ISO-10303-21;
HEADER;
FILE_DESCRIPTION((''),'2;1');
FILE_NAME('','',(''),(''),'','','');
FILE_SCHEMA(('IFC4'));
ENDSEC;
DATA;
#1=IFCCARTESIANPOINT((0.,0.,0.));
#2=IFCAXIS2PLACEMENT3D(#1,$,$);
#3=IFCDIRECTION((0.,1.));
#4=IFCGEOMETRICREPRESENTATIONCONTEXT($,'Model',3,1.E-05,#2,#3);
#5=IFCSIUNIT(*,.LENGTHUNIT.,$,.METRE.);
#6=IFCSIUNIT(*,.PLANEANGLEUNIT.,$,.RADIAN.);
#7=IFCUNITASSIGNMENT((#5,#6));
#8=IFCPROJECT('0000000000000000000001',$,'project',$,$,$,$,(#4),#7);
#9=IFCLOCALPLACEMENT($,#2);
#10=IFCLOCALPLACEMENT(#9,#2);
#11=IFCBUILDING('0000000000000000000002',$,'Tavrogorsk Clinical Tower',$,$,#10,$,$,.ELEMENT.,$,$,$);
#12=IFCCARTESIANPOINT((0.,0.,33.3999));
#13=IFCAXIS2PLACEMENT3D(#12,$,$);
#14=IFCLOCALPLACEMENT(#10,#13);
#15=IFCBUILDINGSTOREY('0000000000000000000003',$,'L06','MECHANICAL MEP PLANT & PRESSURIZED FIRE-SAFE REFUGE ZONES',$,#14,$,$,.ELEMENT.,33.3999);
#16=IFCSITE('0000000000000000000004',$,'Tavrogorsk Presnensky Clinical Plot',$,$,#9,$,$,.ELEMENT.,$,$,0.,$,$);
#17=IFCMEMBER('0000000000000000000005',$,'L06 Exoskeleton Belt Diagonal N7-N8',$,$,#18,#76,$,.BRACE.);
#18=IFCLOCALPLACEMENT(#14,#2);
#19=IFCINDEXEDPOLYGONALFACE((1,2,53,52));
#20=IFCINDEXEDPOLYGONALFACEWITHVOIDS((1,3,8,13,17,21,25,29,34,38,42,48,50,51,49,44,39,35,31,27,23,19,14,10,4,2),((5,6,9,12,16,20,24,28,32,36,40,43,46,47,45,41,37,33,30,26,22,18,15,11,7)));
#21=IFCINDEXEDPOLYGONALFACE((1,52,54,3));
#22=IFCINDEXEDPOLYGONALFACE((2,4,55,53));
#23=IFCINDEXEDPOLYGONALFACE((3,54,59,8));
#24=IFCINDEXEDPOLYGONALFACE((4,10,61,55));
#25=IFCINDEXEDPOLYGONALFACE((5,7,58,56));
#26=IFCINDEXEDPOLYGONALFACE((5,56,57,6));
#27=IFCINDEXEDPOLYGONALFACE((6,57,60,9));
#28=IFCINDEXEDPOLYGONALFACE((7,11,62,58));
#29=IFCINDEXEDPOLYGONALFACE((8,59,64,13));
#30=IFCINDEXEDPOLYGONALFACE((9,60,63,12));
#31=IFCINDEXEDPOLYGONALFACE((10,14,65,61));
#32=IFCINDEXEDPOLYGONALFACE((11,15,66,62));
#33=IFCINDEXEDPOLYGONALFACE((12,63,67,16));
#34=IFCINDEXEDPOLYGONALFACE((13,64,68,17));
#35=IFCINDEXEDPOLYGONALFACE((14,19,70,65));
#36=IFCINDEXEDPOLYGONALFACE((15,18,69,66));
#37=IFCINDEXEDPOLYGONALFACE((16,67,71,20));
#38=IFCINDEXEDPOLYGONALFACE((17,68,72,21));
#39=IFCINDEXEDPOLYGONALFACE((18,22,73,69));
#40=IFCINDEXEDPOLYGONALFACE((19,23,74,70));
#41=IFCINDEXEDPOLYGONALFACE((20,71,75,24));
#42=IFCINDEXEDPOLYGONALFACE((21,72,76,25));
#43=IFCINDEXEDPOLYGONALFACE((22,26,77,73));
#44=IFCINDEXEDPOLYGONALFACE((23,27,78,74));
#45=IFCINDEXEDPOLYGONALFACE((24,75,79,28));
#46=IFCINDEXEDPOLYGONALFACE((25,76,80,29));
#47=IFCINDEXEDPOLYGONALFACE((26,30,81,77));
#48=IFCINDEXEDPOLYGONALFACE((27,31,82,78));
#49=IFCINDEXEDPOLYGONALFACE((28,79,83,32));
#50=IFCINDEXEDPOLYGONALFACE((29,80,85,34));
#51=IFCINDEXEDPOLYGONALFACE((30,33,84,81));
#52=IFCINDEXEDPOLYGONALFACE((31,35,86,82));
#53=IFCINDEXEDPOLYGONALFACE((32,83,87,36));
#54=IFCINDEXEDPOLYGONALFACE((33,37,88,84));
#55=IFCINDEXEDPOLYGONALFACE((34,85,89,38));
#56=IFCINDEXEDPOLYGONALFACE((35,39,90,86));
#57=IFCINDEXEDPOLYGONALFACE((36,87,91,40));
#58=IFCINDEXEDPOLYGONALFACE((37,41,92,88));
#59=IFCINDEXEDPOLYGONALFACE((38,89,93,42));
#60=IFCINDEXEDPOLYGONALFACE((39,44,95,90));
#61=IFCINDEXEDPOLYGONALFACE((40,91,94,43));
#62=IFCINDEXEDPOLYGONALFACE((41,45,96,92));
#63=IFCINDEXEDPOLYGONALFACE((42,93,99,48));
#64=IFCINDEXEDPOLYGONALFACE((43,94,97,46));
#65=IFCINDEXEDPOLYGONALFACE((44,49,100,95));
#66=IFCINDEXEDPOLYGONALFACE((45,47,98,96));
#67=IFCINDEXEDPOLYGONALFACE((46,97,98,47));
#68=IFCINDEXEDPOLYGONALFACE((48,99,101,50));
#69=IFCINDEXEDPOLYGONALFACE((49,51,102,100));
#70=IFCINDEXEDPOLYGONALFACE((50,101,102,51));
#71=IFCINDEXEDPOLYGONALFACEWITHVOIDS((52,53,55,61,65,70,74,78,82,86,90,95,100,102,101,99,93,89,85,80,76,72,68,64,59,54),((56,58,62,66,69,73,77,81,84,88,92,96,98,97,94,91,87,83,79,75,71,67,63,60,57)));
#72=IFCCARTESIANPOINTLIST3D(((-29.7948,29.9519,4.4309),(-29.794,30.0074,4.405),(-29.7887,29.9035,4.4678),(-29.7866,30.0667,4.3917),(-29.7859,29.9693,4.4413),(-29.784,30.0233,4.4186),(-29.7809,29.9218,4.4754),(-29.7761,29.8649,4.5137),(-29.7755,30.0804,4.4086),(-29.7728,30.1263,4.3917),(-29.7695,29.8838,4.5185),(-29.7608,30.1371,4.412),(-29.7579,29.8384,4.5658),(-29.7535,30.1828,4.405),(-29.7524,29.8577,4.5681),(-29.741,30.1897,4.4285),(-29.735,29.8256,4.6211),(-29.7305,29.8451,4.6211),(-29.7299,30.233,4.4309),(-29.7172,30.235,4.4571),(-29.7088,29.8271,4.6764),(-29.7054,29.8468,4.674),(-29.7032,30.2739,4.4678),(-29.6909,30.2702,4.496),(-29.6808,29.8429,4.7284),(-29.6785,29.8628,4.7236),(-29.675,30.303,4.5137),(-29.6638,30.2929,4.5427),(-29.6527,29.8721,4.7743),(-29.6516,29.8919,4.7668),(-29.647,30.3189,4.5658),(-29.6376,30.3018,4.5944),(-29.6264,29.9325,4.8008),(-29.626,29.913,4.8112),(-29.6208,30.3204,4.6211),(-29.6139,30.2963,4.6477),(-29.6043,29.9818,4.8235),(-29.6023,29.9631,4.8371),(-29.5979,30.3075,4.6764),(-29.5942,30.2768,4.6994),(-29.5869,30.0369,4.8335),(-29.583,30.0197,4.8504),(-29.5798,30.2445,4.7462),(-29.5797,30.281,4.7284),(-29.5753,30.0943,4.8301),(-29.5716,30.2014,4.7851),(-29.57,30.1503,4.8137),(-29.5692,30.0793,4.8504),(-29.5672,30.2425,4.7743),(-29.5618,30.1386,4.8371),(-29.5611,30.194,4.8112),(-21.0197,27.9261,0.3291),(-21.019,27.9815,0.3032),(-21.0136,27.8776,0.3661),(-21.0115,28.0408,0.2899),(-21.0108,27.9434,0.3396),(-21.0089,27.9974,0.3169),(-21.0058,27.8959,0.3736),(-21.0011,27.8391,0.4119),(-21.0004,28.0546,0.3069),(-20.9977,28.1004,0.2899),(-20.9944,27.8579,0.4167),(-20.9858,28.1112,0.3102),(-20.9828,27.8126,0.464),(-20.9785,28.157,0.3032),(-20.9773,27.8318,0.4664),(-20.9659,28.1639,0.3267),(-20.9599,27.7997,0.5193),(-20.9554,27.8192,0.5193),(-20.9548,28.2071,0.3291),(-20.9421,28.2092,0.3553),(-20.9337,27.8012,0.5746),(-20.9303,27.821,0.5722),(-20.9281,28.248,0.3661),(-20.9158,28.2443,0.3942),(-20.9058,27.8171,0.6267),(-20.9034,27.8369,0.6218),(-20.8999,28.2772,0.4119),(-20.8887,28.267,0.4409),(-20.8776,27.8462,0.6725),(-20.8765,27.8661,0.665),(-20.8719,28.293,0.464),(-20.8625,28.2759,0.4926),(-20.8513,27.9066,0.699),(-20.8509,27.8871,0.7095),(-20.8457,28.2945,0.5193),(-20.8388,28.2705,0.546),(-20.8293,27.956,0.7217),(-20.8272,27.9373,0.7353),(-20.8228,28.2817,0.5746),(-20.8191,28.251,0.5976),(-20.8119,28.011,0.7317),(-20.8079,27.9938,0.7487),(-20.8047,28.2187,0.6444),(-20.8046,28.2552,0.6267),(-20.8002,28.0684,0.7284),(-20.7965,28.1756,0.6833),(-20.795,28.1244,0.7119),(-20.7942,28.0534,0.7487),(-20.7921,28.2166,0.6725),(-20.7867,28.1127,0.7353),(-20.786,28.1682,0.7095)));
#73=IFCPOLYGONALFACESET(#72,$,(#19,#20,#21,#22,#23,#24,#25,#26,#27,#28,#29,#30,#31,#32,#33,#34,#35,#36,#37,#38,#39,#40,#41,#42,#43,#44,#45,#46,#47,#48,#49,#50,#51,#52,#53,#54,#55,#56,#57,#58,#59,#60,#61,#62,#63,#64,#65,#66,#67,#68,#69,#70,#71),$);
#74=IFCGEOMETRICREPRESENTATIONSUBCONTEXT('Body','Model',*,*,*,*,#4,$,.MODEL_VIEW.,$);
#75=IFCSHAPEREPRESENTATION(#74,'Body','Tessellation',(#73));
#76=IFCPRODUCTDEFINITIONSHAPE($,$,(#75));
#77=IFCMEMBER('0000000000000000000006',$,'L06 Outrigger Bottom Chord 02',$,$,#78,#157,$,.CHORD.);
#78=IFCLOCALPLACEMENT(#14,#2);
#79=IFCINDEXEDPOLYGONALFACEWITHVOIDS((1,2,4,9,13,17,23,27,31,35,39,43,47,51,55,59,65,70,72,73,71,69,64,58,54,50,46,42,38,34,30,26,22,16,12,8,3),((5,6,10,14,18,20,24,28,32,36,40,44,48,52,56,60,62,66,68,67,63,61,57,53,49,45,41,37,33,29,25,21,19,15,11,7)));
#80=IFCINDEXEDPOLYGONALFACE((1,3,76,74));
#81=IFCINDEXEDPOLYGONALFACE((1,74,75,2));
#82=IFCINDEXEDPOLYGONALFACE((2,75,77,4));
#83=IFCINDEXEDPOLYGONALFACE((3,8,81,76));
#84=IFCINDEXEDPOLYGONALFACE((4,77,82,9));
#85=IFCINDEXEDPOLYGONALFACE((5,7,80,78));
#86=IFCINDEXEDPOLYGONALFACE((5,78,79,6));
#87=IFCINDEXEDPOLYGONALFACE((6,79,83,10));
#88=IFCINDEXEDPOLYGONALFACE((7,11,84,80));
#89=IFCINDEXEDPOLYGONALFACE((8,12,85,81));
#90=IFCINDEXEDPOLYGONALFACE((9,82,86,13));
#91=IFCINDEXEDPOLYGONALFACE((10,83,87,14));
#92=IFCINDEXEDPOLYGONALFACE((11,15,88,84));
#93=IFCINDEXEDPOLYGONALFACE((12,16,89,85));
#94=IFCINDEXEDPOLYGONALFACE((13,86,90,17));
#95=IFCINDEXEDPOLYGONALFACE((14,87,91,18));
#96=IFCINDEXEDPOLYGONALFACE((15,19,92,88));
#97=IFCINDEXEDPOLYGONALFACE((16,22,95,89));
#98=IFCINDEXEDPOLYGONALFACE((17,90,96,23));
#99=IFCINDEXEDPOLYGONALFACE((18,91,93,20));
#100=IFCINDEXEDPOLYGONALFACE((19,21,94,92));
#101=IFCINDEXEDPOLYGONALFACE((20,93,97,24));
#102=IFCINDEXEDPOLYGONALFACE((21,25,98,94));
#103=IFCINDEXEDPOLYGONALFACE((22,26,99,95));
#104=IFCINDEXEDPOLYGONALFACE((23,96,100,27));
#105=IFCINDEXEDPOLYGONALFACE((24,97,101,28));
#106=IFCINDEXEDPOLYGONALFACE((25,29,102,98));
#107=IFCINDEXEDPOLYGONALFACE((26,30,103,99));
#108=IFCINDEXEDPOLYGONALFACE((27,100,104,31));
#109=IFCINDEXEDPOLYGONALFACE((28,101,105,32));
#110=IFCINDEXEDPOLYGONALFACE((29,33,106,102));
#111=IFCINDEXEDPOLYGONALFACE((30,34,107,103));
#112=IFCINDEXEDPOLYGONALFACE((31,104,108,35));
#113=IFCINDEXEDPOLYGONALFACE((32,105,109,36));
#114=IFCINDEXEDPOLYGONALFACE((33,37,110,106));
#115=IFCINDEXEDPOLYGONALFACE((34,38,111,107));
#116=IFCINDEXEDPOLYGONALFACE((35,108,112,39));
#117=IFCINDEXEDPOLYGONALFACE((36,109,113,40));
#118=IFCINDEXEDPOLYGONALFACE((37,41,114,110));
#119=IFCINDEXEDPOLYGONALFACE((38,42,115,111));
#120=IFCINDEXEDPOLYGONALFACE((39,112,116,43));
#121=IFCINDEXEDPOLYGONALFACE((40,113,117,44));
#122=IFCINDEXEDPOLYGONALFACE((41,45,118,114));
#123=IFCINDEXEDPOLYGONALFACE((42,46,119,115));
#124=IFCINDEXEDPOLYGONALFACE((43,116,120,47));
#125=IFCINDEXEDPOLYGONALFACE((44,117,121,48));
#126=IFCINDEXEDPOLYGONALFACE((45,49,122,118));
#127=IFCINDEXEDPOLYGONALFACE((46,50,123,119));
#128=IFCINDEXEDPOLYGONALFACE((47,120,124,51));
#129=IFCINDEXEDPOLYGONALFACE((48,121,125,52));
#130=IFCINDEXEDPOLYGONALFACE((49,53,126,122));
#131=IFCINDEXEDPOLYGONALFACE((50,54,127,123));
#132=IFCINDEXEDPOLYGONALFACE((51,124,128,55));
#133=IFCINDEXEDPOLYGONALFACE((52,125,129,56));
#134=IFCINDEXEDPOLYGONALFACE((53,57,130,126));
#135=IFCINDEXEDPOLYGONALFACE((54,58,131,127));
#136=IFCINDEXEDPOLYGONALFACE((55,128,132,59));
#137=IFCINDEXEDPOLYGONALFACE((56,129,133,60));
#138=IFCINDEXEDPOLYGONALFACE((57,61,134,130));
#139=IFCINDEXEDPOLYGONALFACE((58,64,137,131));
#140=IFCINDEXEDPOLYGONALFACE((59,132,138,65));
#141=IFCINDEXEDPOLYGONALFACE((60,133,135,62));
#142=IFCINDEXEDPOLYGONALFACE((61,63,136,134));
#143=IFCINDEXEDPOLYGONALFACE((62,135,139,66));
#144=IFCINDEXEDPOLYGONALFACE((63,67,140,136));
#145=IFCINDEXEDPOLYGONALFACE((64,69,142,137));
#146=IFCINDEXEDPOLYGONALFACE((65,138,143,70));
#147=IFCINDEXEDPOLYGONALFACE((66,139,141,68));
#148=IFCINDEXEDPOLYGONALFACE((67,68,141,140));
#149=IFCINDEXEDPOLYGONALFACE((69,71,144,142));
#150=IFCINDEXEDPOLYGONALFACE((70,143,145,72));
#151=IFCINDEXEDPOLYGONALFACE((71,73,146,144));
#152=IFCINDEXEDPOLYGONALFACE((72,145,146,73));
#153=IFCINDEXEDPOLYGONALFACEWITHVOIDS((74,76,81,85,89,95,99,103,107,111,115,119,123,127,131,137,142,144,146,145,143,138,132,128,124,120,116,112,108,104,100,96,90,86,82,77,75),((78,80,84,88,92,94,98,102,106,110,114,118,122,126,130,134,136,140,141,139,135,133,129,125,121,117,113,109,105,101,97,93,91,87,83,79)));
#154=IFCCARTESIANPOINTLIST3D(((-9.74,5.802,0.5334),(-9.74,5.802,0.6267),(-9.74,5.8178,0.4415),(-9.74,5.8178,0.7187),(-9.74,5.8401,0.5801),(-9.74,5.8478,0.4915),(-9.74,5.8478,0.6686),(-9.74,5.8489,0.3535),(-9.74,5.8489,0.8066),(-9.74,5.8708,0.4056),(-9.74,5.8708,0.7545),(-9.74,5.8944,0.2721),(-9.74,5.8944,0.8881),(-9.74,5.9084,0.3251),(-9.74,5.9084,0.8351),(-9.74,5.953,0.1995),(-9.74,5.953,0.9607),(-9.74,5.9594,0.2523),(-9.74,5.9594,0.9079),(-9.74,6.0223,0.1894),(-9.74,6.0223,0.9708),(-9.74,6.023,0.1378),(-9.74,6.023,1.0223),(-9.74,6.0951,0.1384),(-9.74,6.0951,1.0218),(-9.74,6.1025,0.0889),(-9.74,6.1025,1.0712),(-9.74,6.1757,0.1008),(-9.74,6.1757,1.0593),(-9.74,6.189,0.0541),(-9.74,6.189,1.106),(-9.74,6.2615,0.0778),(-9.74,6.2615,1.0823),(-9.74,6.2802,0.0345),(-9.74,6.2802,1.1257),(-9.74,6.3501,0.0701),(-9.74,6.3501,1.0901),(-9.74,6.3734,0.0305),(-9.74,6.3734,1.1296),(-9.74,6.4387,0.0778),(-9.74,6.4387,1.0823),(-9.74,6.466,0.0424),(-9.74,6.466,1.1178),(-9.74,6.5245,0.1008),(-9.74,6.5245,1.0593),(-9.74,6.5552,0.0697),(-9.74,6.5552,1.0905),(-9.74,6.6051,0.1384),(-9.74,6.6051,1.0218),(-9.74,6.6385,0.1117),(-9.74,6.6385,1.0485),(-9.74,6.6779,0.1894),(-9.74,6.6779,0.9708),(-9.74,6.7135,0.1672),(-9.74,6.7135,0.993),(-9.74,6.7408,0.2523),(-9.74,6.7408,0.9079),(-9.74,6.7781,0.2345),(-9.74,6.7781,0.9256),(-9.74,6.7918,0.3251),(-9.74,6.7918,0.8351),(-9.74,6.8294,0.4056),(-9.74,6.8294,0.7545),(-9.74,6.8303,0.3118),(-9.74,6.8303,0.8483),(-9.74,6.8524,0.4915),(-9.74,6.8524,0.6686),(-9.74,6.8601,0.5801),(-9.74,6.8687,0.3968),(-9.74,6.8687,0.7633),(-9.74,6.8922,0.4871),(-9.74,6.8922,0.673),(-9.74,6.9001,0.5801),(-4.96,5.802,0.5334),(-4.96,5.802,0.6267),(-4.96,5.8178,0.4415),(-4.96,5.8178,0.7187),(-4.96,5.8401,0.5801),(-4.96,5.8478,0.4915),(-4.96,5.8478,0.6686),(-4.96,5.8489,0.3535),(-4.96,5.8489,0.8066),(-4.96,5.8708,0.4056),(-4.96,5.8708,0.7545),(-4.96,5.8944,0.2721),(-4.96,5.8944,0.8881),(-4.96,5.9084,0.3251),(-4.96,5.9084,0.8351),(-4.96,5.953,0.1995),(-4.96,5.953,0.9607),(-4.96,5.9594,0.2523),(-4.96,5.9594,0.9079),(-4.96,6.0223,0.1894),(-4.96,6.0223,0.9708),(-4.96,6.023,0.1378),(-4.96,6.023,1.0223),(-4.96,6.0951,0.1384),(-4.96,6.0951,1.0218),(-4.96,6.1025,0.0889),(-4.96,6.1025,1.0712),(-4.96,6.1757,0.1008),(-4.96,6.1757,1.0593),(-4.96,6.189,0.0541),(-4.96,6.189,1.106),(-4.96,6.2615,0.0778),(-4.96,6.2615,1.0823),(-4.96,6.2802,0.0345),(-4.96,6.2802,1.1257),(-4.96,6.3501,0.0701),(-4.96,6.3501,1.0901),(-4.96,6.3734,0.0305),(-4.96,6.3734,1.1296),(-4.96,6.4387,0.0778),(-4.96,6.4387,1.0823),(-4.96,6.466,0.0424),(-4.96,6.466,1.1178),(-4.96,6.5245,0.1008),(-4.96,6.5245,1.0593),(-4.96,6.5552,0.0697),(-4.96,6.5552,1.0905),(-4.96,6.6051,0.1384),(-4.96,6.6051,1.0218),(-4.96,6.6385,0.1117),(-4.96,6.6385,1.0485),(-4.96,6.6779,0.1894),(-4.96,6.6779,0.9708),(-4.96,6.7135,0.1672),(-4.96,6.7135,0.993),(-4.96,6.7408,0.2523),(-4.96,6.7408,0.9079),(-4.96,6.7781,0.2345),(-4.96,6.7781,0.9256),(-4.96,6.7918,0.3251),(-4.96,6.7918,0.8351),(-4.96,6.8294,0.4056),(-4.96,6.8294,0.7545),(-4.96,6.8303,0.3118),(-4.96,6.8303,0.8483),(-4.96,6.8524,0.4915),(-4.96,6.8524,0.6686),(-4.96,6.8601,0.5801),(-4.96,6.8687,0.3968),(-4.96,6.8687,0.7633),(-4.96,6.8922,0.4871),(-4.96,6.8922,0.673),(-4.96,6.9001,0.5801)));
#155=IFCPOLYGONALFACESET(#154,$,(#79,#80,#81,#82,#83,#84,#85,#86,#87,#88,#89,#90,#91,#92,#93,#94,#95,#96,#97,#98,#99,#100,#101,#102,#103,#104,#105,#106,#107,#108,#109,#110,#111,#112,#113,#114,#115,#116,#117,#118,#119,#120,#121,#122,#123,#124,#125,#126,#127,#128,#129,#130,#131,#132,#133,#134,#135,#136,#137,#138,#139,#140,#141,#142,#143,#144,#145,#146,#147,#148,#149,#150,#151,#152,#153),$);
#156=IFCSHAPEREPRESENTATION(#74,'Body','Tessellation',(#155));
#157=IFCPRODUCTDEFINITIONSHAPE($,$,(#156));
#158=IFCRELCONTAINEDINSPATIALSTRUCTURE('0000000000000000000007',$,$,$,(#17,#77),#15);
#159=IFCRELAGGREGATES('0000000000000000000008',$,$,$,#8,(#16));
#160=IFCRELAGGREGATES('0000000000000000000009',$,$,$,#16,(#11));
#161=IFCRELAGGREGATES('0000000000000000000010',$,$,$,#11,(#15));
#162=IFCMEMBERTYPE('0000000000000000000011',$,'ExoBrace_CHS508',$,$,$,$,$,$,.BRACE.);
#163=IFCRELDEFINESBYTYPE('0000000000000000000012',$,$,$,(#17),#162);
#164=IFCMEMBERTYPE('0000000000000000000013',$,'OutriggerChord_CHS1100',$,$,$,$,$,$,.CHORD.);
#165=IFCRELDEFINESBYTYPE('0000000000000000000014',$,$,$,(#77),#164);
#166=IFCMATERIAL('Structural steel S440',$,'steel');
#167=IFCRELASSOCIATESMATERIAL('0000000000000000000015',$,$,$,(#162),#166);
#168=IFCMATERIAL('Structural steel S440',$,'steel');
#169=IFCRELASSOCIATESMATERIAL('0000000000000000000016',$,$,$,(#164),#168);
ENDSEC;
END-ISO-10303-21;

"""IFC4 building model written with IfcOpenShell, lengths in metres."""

from ifc_helpers import new_model, si_unit, direction, frame, origin, origin_2d, place, context, subcontext, project, spatial, hollow_circle, extrude, material, material_profile, profile_set, type_object, element, save


model = new_model("IFC4")

# Units and contexts
model_context = context("Model", 3, precision=1e-05, world=origin(), true_north=direction((0.0, 1.0)))
body_context = subcontext(model_context, "Body", "Model", "MODEL_VIEW")
ifc_project = project(units=[si_unit("LENGTHUNIT", "METRE"), si_unit("PLANEANGLEUNIT", "RADIAN")], contexts=[model_context])

# Site, building, storey
site_placement = place(None, origin())
site = spatial("IfcSite", under=ifc_project, at=site_placement, Name="Tavrogorsk Presnensky Clinical Plot", CompositionType="ELEMENT", RefElevation=0.0)
building_placement = place(site_placement, origin())
building = spatial("IfcBuilding", under=site, at=building_placement, Name="Tavrogorsk Clinical Tower", CompositionType="ELEMENT")
storey_placement = place(building_placement, frame((0.0, 0.0, 33.3999)))
storey = spatial("IfcBuildingStorey", under=building, at=storey_placement, Name="L06", Description="MECHANICAL MEP PLANT & PRESSURIZED FIRE-SAFE REFUGE ZONES", CompositionType="ELEMENT", Elevation=33.3999)

# Members
ifc_material_1 = material(Name="Structural steel S440", Category="steel")
ifc_material_profile_1 = material_profile(ifc_material_1, hollow_circle(Radius=0.2539, WallThickness=0.02, at=origin_2d()), Name="CHS-508x20")
ifc_profile_set_1 = profile_set([ifc_material_profile_1], Name="Structural steel S440")
member_type_1 = type_object("IfcMemberType", Name="ExoBrace_CHS508", PredefinedType="BRACE", material=ifc_profile_set_1)
for number, where, z_axis, x_axis, name in (
    (1, (-20.9028, 28.0471, 0.5193), (-0.88673, 0.204716, 0.414488), (-0.224949, -0.974371, 0.0), "L06 Exoskeleton Belt Diagonal N7-N8"),
):
    element("IfcMember", number, at=place(storey_placement, frame(where, z_axis=z_axis, x_axis=x_axis)), inside=storey, type_object=member_type_1, Name=name, PredefinedType="BRACE", context=body_context, shape_type="SweptSolid", body=[
        extrude(hollow_circle(Radius=0.2539, WallThickness=0.02, at=origin_2d()), origin(), (0.0, 0.0, 1.0), 9.896),
    ])
ifc_material_2 = material(Name="Structural steel S440", Category="steel")
ifc_material_profile_2 = material_profile(ifc_material_2, hollow_circle(Radius=0.55, WallThickness=0.04, at=origin_2d()), Name="CHS-1100x40")
ifc_profile_set_2 = profile_set([ifc_material_profile_2], Name="Structural steel S440")
member_type_2 = type_object("IfcMemberType", Name="OutriggerChord_CHS1100", PredefinedType="CHORD", material=ifc_profile_set_2)
member_1_placement = place(storey_placement, frame((-9.74, 6.3501, 0.5801), z_axis=(1.0, 0.0, 0.0), x_axis=(0.0, 1.0, 0.0)))
element("IfcMember", 2, at=member_1_placement, inside=storey, type_object=member_type_2, Name="L06 Outrigger Bottom Chord 02", PredefinedType="CHORD", context=body_context, shape_type="SweptSolid", body=[
    extrude(hollow_circle(Radius=0.55, WallThickness=0.04, at=origin_2d()), origin(), (0.0, 0.0, 1.0), 4.78),
])

save(model, "model.ifc")
